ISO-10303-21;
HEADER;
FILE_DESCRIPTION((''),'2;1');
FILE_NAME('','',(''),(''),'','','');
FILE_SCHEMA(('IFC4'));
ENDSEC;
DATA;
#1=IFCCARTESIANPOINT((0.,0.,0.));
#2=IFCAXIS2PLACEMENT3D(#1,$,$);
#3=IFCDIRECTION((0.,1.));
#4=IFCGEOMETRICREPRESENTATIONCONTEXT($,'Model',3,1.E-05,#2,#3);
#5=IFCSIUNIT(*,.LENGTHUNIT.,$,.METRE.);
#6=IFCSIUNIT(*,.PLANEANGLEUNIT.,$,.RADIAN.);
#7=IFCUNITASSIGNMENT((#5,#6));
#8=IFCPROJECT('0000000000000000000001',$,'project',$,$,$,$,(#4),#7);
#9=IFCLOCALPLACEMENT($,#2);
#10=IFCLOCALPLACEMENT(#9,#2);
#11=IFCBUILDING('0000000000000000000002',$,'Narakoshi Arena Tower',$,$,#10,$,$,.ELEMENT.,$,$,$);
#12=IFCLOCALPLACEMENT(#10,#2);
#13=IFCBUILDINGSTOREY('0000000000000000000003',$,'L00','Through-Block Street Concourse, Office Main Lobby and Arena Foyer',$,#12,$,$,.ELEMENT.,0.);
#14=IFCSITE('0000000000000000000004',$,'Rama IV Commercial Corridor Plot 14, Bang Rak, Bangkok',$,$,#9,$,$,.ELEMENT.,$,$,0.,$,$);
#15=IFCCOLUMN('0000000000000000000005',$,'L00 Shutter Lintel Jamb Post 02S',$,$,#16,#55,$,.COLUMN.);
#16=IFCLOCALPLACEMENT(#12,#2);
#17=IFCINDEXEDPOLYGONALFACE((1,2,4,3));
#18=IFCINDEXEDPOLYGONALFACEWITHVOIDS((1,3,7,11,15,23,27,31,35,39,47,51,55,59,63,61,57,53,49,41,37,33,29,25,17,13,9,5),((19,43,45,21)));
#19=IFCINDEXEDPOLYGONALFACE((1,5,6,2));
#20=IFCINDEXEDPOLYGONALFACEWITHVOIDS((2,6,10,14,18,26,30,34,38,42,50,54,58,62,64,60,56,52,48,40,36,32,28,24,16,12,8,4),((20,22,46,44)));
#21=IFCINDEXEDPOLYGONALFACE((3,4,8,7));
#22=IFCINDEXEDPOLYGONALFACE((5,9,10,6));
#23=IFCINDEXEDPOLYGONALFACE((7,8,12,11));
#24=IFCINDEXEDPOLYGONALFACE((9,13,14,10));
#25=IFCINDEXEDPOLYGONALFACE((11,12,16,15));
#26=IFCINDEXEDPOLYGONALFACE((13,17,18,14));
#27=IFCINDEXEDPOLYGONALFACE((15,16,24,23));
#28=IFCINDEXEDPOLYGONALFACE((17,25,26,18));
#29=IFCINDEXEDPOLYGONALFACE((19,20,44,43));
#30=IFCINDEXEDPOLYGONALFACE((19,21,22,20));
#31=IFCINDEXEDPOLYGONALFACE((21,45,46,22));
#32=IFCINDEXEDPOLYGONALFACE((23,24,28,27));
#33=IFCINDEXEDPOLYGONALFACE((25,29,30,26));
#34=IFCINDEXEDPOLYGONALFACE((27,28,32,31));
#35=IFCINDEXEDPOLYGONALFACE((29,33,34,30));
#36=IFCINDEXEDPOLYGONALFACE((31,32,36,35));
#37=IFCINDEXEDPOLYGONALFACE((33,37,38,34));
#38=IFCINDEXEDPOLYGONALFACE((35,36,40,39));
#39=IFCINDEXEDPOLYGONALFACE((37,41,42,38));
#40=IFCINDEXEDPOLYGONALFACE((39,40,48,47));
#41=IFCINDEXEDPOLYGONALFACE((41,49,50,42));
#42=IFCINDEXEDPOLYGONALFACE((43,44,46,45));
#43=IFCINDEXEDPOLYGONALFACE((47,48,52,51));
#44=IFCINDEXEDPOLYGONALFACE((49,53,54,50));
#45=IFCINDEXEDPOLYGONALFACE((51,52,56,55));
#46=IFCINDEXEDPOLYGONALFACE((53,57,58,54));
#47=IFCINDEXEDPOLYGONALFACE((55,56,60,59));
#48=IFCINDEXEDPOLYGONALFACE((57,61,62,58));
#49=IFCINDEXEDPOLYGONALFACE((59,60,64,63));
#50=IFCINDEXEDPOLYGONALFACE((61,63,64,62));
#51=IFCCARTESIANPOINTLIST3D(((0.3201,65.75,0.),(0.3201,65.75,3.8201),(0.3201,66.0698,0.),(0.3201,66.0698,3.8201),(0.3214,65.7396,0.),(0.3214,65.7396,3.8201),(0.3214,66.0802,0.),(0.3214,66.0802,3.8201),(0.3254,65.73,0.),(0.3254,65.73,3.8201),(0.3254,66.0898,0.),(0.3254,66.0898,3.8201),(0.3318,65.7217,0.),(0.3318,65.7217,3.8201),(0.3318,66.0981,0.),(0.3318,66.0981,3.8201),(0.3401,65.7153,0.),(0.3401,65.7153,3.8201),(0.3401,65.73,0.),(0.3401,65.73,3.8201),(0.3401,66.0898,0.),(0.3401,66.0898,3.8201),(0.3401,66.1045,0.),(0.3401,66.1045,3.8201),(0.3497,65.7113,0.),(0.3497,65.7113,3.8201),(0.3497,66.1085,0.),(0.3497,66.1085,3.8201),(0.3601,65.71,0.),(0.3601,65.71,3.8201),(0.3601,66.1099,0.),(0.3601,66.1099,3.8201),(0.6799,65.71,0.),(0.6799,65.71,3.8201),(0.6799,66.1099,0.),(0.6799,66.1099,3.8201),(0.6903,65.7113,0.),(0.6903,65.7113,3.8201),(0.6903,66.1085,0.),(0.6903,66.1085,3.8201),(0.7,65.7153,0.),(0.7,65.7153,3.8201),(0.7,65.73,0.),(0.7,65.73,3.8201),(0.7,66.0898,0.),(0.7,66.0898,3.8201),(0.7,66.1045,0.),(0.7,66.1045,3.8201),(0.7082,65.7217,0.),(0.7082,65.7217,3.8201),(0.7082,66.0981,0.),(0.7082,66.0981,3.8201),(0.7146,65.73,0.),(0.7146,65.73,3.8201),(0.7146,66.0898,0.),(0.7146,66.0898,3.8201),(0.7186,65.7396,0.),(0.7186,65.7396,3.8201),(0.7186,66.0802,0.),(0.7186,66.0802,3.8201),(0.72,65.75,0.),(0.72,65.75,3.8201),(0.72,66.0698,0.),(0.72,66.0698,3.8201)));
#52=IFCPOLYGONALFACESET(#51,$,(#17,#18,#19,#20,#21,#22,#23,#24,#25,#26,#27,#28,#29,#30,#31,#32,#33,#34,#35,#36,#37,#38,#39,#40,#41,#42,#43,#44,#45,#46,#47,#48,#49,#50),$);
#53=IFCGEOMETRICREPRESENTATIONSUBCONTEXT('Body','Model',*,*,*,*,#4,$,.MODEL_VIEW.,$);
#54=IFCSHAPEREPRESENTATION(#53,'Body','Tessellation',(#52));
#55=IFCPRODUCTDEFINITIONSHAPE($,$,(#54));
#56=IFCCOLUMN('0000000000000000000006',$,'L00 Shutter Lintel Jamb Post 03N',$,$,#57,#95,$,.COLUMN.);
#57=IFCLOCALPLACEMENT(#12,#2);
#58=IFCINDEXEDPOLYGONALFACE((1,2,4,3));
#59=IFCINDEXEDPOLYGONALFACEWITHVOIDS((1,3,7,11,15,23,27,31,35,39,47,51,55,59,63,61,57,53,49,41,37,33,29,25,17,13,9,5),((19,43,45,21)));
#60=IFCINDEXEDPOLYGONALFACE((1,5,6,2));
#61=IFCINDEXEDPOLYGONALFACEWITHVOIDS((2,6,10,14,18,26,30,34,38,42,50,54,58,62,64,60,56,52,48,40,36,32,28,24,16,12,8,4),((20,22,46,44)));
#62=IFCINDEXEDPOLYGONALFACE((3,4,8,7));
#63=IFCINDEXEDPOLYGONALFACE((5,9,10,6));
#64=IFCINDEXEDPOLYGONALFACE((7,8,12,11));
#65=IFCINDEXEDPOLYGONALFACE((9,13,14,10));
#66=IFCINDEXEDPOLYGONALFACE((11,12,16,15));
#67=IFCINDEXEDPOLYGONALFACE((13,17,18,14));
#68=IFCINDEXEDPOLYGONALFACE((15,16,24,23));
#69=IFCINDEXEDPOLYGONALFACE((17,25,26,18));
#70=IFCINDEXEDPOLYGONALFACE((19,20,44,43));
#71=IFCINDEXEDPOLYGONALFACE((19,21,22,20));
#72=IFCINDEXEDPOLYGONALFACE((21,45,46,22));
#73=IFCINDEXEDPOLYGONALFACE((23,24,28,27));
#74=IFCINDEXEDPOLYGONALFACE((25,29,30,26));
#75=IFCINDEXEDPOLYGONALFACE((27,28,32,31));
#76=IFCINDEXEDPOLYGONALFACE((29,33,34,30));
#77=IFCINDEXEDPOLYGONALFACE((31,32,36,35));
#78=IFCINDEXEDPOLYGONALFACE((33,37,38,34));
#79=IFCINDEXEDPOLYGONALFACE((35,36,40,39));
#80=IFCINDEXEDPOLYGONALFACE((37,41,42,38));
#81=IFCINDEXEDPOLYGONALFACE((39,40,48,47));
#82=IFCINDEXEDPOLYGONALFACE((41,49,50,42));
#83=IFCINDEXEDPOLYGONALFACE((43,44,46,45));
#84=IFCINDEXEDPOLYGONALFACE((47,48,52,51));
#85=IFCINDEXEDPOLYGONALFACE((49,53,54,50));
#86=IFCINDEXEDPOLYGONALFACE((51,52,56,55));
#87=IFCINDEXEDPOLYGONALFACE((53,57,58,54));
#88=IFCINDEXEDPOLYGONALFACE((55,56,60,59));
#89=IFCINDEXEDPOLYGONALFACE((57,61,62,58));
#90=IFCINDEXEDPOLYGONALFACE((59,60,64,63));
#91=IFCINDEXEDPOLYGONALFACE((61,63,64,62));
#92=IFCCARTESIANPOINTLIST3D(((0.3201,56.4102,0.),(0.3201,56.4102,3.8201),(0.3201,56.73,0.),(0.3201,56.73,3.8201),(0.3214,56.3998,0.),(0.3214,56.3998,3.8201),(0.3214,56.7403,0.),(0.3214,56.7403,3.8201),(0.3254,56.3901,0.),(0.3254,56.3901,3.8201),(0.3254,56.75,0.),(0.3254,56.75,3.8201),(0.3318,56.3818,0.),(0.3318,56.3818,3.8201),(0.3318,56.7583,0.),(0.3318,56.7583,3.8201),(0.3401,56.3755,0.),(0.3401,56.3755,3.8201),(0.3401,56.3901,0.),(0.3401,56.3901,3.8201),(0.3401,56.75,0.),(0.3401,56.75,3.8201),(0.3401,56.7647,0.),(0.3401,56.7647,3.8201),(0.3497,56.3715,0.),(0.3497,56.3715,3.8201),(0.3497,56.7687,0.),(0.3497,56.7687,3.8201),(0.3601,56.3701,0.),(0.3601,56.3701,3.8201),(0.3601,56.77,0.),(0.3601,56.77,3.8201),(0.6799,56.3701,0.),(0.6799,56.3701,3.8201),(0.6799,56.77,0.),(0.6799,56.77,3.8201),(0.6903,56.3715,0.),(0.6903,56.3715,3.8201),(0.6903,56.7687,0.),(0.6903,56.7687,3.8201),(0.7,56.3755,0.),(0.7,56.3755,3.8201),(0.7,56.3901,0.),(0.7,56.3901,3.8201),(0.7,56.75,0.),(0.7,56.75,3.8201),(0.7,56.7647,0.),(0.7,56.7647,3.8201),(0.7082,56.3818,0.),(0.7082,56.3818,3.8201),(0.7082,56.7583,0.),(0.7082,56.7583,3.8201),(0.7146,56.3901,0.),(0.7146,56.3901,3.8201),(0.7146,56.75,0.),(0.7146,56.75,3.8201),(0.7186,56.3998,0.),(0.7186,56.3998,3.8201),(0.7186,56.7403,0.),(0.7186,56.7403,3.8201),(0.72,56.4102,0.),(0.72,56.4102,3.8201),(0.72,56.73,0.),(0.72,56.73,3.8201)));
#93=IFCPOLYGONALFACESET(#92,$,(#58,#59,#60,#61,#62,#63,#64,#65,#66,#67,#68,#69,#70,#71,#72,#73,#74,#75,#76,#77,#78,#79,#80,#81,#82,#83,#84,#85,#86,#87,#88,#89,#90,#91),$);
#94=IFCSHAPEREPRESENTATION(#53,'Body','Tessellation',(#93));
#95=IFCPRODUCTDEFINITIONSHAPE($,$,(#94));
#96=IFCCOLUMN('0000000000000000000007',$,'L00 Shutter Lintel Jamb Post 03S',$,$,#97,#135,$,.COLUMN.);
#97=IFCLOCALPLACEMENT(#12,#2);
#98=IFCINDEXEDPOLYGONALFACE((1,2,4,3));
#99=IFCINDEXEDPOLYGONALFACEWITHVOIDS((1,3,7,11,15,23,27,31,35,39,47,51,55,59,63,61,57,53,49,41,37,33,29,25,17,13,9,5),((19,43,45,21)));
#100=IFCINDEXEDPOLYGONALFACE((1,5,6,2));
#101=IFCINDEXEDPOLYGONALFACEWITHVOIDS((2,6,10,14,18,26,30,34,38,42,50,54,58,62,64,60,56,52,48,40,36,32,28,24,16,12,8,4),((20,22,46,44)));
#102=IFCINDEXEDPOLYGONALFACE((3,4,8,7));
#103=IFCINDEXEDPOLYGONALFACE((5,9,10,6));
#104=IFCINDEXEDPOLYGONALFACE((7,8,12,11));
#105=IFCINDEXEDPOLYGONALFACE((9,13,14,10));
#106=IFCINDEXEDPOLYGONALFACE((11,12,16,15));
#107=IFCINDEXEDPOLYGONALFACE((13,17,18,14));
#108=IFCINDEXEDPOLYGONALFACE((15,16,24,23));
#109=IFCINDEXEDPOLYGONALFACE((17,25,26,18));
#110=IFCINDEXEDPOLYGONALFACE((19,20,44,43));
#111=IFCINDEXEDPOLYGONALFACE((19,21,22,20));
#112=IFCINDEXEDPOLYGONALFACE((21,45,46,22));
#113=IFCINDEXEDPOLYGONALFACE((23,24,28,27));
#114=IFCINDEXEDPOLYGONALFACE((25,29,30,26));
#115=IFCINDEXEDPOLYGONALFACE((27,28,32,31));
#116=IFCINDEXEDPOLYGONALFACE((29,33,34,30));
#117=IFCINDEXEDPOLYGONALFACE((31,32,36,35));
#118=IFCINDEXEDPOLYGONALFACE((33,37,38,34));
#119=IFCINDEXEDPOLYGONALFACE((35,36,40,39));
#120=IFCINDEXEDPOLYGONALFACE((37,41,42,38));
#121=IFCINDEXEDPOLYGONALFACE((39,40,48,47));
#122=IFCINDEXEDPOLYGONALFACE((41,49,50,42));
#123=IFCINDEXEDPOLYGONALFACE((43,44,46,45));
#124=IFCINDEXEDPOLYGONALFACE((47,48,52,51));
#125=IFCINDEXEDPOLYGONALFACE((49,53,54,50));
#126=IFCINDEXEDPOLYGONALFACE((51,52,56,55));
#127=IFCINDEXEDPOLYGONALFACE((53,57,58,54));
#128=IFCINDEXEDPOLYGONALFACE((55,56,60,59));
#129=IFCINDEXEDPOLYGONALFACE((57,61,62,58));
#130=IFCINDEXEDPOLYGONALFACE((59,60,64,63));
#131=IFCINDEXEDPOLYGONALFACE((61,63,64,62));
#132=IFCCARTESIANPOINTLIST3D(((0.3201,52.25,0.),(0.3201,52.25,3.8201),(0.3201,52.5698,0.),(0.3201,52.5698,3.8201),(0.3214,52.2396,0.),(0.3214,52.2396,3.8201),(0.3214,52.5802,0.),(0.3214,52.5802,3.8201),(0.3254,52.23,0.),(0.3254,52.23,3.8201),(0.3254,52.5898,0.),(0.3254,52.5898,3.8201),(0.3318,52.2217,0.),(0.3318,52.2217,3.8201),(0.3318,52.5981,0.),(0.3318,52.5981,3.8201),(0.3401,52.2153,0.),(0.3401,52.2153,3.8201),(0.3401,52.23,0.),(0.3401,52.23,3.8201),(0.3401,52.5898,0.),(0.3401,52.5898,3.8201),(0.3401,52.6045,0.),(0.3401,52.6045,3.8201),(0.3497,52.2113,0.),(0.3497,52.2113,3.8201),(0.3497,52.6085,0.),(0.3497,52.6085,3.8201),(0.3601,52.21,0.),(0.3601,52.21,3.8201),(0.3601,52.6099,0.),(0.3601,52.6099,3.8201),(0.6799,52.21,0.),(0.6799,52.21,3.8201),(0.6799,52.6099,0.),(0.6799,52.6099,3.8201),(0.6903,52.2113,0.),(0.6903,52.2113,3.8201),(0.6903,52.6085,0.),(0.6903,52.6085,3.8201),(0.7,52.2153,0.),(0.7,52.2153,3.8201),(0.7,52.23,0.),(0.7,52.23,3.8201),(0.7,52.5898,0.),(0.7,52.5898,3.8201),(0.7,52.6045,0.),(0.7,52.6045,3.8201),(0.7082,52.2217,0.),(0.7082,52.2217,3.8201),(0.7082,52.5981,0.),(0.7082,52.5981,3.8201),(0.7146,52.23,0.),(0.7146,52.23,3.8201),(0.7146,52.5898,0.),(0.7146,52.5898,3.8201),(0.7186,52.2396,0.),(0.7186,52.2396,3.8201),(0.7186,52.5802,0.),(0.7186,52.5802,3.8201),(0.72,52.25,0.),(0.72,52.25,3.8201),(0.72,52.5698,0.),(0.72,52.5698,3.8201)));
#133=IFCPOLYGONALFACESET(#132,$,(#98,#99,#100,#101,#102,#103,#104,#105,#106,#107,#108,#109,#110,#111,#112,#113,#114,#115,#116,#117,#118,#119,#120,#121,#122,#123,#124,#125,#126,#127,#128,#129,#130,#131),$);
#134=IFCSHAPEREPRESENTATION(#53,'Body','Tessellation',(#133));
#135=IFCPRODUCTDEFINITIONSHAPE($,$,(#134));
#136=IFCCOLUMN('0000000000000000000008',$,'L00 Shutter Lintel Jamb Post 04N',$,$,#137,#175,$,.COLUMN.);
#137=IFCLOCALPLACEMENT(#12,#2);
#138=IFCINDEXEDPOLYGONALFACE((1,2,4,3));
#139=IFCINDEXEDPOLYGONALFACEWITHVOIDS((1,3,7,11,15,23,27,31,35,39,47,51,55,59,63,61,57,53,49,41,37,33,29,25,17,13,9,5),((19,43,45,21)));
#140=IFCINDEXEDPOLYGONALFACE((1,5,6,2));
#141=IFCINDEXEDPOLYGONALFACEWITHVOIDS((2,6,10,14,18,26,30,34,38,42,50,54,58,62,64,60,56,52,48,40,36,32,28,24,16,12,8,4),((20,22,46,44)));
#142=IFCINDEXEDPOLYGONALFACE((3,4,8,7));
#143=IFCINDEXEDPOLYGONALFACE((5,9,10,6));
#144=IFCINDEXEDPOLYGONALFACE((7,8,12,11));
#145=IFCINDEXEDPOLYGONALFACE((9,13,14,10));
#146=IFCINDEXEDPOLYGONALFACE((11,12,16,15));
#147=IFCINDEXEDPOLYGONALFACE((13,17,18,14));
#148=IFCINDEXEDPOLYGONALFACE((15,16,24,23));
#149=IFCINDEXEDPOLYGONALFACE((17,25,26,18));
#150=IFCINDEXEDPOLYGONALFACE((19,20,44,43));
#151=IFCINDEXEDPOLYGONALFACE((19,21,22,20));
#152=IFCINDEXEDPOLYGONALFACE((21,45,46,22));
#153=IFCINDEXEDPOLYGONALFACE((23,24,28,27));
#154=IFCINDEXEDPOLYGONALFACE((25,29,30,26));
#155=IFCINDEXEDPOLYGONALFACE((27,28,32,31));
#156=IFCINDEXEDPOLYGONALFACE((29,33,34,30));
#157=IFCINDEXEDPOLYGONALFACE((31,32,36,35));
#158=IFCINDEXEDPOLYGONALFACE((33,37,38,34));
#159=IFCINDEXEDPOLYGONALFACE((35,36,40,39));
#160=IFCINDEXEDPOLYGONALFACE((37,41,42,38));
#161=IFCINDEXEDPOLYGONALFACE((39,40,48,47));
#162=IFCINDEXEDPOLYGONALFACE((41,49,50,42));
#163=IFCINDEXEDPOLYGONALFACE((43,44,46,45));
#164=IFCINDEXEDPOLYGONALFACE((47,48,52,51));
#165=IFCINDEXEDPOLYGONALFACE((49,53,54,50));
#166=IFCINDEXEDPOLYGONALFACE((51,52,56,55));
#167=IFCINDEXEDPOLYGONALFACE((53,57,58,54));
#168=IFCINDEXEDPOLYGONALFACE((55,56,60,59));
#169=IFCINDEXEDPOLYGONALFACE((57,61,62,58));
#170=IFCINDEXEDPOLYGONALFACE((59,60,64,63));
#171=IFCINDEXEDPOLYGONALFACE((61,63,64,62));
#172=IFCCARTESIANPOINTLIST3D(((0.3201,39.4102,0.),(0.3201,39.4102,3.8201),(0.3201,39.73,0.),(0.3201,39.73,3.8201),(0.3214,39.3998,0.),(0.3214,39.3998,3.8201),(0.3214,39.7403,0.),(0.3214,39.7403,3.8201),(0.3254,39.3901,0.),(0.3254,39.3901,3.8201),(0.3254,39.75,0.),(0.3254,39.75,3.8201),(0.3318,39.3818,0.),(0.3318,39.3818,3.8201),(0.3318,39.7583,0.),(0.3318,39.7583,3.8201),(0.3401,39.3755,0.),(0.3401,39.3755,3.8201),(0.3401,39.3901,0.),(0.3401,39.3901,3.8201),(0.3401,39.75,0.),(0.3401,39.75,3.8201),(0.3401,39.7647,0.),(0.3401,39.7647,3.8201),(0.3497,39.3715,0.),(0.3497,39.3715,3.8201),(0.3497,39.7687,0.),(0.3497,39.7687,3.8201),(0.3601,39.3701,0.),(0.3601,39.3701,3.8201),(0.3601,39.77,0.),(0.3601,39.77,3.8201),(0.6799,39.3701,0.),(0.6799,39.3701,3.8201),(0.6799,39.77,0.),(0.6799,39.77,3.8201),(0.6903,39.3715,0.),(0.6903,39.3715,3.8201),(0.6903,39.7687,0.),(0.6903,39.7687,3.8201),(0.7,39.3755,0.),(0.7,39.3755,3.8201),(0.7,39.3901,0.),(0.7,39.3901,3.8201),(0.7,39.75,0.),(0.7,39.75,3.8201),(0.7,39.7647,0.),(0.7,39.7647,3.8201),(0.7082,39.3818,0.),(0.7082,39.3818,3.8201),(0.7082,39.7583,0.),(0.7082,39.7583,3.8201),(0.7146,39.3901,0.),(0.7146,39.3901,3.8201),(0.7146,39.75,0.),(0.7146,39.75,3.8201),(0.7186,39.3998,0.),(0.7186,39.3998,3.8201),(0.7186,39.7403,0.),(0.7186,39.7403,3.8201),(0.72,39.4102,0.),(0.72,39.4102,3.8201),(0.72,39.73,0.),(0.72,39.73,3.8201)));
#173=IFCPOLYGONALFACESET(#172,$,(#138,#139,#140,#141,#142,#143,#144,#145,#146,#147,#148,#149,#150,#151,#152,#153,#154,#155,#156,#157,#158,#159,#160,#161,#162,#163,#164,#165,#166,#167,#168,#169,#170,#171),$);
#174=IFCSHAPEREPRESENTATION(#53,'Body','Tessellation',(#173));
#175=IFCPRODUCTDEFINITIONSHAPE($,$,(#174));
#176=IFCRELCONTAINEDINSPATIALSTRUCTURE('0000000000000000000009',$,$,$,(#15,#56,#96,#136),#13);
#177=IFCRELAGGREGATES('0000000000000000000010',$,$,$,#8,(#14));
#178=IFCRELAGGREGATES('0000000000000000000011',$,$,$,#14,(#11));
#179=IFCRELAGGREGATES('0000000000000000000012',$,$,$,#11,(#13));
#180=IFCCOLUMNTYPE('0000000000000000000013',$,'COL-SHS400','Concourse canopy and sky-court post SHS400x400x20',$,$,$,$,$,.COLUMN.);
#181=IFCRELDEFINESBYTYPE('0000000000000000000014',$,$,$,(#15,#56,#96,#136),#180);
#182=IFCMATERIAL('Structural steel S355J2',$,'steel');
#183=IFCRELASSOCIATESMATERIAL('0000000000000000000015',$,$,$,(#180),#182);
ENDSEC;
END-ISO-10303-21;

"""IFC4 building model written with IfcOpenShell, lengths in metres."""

from ifc_helpers import new_model, si_unit, direction, frame, origin, origin_2d, place, context, subcontext, project, spatial, hollow_rectangle, extrude, material, material_profile, profile_set, type_object, element, save


model = new_model("IFC4")

# Units and contexts
model_context = context("Model", 3, precision=1e-05, world=origin(), true_north=direction((0.0, 1.0)))
body_context = subcontext(model_context, "Body", "Model", "MODEL_VIEW")
ifc_project = project(units=[si_unit("LENGTHUNIT", "METRE"), si_unit("PLANEANGLEUNIT", "RADIAN")], contexts=[model_context])

# Site, building, storey
site_placement = place(None, origin())
site = spatial("IfcSite", under=ifc_project, at=site_placement, Name="Rama IV Commercial Corridor Plot 14, Bang Rak, Bangkok", CompositionType="ELEMENT", RefElevation=0.0)
building_placement = place(site_placement, origin())
building = spatial("IfcBuilding", under=site, at=building_placement, Name="Narakoshi Arena Tower", CompositionType="ELEMENT")
storey_placement = place(building_placement, origin())
storey = spatial("IfcBuildingStorey", under=building, at=storey_placement, Name="L00", Description="Through-Block Street Concourse, Office Main Lobby and Arena Foyer", CompositionType="ELEMENT", Elevation=0.0)

# Columns
ifc_material_1 = material(Name="Structural steel S355J2", Category="steel")
ifc_material_profile_1 = material_profile(ifc_material_1, hollow_rectangle(XDim=0.3999, YDim=0.3999, WallThickness=0.02, OuterFilletRadius=0.04, at=origin_2d()), Name="SHS400x400x20")
ifc_profile_set_1 = profile_set([ifc_material_profile_1], Name="Structural steel S355J2")
column_type_1 = type_object("IfcColumnType", Name="COL-SHS400", Description="Concourse canopy and sky-court post SHS400x400x20", PredefinedType="COLUMN", material=ifc_profile_set_1)
for number, where, z_axis, x_axis, name in (
    (1, (0.52, 65.9099, 0.0), (0.0, 0.0, 1.0), (1.0, 0.0, 0.0), "L00 Shutter Lintel Jamb Post 02S"),
    (2, (0.52, 56.5701, 0.0), (0.0, 0.0, 1.0), (1.0, 0.0, 0.0), "L00 Shutter Lintel Jamb Post 03N"),
    (3, (0.52, 52.4099, 0.0), (0.0, 0.0, 1.0), (1.0, 0.0, 0.0), "L00 Shutter Lintel Jamb Post 03S"),
    (4, (0.52, 39.5701, 0.0), (0.0, 0.0, 1.0), (1.0, 0.0, 0.0), "L00 Shutter Lintel Jamb Post 04N"),
):
    element("IfcColumn", number, at=place(storey_placement, frame(where, z_axis=z_axis, x_axis=x_axis)), inside=storey, type_object=column_type_1, Name=name, PredefinedType="COLUMN", context=body_context, shape_type="SweptSolid", body=[
        extrude(hollow_rectangle(XDim=0.3999, YDim=0.3999, WallThickness=0.02, OuterFilletRadius=0.04, at=origin_2d()), origin(), (0.0, 0.0, 1.0), 3.8201),
    ])

save(model, "model.ifc")
